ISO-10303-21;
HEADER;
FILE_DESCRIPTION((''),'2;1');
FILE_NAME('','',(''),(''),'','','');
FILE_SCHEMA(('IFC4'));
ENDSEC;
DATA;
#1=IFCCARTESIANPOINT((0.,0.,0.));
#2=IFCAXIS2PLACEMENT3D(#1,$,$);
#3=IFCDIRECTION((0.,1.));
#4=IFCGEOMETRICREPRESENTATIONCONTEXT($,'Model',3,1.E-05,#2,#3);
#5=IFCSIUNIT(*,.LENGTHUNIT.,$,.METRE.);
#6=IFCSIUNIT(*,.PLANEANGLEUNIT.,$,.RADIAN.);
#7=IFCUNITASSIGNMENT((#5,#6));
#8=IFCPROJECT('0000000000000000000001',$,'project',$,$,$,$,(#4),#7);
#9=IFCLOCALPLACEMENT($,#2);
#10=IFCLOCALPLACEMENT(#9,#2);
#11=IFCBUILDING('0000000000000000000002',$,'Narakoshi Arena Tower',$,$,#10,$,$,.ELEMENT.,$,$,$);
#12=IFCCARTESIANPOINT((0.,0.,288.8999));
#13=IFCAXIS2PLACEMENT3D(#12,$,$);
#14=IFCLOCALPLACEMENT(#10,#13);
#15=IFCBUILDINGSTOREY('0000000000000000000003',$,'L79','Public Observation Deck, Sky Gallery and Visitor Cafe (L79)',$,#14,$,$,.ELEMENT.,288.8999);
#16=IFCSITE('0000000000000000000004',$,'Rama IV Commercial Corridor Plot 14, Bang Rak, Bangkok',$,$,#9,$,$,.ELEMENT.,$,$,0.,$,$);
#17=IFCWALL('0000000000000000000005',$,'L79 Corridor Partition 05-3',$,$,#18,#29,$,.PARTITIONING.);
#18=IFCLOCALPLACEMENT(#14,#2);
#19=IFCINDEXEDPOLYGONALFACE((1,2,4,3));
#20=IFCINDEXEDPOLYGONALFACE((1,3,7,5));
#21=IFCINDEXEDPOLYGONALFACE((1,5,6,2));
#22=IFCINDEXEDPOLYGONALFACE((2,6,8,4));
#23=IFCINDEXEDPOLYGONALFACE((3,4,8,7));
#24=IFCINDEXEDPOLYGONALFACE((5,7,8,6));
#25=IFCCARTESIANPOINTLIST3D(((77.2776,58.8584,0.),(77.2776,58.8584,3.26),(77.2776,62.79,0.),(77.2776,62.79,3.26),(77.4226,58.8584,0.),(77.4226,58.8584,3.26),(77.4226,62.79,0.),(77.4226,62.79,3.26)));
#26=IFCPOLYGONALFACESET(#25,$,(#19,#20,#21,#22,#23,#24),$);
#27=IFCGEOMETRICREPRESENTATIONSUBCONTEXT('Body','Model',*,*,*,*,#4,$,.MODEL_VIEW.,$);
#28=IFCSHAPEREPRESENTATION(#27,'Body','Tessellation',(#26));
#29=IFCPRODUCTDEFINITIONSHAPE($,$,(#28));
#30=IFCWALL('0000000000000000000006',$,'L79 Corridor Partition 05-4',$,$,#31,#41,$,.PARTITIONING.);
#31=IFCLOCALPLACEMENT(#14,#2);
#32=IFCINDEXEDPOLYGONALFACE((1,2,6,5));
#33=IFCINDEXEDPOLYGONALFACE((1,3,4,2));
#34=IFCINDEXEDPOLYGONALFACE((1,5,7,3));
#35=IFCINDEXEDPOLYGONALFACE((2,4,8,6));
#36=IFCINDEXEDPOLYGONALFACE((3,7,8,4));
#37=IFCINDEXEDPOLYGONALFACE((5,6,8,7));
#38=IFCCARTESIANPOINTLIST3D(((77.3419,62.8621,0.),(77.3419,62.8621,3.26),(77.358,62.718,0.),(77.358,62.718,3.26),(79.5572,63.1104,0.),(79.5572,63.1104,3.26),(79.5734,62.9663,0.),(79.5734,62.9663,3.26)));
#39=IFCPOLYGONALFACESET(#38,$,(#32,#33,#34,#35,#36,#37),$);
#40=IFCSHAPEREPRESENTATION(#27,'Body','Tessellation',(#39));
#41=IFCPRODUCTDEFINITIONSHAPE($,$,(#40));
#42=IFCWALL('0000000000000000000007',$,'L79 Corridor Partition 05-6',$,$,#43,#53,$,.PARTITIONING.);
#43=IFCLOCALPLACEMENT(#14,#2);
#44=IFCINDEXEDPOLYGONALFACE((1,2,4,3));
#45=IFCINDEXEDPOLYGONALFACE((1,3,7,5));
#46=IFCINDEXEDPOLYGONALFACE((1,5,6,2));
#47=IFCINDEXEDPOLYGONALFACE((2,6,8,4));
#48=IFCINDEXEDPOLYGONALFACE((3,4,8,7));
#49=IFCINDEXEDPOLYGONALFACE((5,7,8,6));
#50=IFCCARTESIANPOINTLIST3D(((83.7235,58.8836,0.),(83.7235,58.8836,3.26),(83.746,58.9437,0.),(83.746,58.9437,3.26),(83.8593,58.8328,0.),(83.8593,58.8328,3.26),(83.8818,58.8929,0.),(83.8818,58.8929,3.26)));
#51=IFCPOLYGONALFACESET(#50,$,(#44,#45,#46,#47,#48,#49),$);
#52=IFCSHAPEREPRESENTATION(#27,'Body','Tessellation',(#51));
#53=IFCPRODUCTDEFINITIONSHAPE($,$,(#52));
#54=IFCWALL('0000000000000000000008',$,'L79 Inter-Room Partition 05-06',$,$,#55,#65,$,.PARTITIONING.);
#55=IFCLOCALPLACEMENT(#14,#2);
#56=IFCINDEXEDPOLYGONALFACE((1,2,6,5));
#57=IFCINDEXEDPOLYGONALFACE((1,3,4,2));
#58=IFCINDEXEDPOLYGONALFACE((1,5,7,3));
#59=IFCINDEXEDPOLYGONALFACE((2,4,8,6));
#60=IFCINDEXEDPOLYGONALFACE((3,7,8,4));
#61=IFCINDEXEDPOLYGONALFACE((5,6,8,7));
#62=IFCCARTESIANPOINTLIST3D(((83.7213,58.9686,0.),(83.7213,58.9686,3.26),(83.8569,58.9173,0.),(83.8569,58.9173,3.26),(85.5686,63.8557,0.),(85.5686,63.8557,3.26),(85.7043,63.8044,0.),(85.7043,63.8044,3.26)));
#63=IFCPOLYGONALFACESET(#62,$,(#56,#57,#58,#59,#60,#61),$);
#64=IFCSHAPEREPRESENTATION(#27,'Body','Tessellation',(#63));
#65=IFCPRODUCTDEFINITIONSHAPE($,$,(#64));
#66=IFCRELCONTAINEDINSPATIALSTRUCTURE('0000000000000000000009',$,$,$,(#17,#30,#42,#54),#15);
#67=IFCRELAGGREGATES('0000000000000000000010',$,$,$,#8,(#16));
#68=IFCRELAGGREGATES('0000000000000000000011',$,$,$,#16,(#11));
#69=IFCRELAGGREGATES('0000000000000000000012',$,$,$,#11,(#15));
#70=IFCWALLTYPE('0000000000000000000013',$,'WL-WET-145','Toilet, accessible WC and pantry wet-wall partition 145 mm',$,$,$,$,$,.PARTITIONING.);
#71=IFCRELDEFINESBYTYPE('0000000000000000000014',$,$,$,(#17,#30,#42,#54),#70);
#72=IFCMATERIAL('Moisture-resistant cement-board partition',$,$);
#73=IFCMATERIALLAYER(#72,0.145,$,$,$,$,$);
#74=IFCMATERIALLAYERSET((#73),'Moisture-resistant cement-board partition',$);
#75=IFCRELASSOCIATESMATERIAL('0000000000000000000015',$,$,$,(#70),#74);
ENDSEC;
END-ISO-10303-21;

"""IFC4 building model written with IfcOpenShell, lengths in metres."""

from ifc_helpers import new_model, si_unit, direction, frame, frame_2d, origin, place, context, subcontext, project, spatial, rectangle, extrude, material, layer, layer_set, type_object, element, save


model = new_model("IFC4")

# Units and contexts
model_context = context("Model", 3, precision=1e-05, world=origin(), true_north=direction((0.0, 1.0)))
body_context = subcontext(model_context, "Body", "Model", "MODEL_VIEW")
ifc_project = project(units=[si_unit("LENGTHUNIT", "METRE"), si_unit("PLANEANGLEUNIT", "RADIAN")], contexts=[model_context])

# Site, building, storey
site_placement = place(None, origin())
site = spatial("IfcSite", under=ifc_project, at=site_placement, Name="Rama IV Commercial Corridor Plot 14, Bang Rak, Bangkok", CompositionType="ELEMENT", RefElevation=0.0)
building_placement = place(site_placement, origin())
building = spatial("IfcBuilding", under=site, at=building_placement, Name="Narakoshi Arena Tower", CompositionType="ELEMENT")
storey_placement = place(building_placement, frame((0.0, 0.0, 288.8999)))
storey = spatial("IfcBuildingStorey", under=building, at=storey_placement, Name="L79", Description="Public Observation Deck, Sky Gallery and Visitor Cafe (L79)", CompositionType="ELEMENT", Elevation=288.8999)

# Walls
ifc_material_1 = material(Name="Moisture-resistant cement-board partition")
ifc_layer_1 = layer(ifc_material_1, 0.145)
ifc_layer_set_1 = layer_set([ifc_layer_1], Name="Moisture-resistant cement-board partition")
wall_type_1 = type_object("IfcWallType", Name="WL-WET-145", Description="Toilet, accessible WC and pantry wet-wall partition 145 mm", PredefinedType="PARTITIONING", material=ifc_layer_set_1)
wall_1_placement = place(storey_placement, frame((77.3501, 62.79, 0.0), z_axis=(0.0, 0.0, 1.0), x_axis=(0.0, -1.0, 0.0)))
element("IfcWall", 1, at=wall_1_placement, inside=storey, type_object=wall_type_1, Name="L79 Corridor Partition 05-3", PredefinedType="PARTITIONING", context=body_context, shape_type="SweptSolid", body=[
    extrude(rectangle(XDim=3.9316, YDim=0.145, at=frame_2d((1.9658, 0.0))), origin(), (0.0, 0.0, 1.0), 3.26),
])
wall_2_placement = place(storey_placement, frame((79.5654, 63.0383, 0.0), z_axis=(0.0, 0.0, 1.0), x_axis=(-0.993778, -0.111381, 0.0)))
element("IfcWall", 2, at=wall_2_placement, inside=storey, type_object=wall_type_1, Name="L79 Corridor Partition 05-4", PredefinedType="PARTITIONING", context=body_context, shape_type="SweptSolid", body=[
    extrude(rectangle(XDim=2.2292, YDim=0.145, at=frame_2d((1.1147, 0.0))), origin(), (0.0, 0.0, 1.0), 3.26),
])
wall_3_placement = place(storey_placement, frame((83.814, 58.9185, 0.0), z_axis=(0.0, 0.0, 1.0), x_axis=(-0.350289, -0.936642, 0.0)))
element("IfcWall", 3, at=wall_3_placement, inside=storey, type_object=wall_type_1, Name="L79 Corridor Partition 05-6", PredefinedType="PARTITIONING", context=body_context, shape_type="SweptSolid", body=[
    extrude(rectangle(XDim=0.0642, YDim=0.145, at=frame_2d((0.0322, 0.0))), origin(), (0.0, 0.0, 1.0), 3.26),
])
wall_4_placement = place(storey_placement, frame((85.6365, 63.8301, 0.0), z_axis=(0.0, 0.0, 1.0), x_axis=(-0.35359, -0.9354, 0.0)))
element("IfcWall", 4, at=wall_4_placement, inside=storey, type_object=wall_type_1, Name="L79 Inter-Room Partition 05-06", PredefinedType="PARTITIONING", context=body_context, shape_type="SweptSolid", body=[
    extrude(rectangle(XDim=5.2246, YDim=0.145, at=frame_2d((2.6123, 0.0))), origin(), (0.0, 0.0, 1.0), 3.26),
])

save(model, "model.ifc")
